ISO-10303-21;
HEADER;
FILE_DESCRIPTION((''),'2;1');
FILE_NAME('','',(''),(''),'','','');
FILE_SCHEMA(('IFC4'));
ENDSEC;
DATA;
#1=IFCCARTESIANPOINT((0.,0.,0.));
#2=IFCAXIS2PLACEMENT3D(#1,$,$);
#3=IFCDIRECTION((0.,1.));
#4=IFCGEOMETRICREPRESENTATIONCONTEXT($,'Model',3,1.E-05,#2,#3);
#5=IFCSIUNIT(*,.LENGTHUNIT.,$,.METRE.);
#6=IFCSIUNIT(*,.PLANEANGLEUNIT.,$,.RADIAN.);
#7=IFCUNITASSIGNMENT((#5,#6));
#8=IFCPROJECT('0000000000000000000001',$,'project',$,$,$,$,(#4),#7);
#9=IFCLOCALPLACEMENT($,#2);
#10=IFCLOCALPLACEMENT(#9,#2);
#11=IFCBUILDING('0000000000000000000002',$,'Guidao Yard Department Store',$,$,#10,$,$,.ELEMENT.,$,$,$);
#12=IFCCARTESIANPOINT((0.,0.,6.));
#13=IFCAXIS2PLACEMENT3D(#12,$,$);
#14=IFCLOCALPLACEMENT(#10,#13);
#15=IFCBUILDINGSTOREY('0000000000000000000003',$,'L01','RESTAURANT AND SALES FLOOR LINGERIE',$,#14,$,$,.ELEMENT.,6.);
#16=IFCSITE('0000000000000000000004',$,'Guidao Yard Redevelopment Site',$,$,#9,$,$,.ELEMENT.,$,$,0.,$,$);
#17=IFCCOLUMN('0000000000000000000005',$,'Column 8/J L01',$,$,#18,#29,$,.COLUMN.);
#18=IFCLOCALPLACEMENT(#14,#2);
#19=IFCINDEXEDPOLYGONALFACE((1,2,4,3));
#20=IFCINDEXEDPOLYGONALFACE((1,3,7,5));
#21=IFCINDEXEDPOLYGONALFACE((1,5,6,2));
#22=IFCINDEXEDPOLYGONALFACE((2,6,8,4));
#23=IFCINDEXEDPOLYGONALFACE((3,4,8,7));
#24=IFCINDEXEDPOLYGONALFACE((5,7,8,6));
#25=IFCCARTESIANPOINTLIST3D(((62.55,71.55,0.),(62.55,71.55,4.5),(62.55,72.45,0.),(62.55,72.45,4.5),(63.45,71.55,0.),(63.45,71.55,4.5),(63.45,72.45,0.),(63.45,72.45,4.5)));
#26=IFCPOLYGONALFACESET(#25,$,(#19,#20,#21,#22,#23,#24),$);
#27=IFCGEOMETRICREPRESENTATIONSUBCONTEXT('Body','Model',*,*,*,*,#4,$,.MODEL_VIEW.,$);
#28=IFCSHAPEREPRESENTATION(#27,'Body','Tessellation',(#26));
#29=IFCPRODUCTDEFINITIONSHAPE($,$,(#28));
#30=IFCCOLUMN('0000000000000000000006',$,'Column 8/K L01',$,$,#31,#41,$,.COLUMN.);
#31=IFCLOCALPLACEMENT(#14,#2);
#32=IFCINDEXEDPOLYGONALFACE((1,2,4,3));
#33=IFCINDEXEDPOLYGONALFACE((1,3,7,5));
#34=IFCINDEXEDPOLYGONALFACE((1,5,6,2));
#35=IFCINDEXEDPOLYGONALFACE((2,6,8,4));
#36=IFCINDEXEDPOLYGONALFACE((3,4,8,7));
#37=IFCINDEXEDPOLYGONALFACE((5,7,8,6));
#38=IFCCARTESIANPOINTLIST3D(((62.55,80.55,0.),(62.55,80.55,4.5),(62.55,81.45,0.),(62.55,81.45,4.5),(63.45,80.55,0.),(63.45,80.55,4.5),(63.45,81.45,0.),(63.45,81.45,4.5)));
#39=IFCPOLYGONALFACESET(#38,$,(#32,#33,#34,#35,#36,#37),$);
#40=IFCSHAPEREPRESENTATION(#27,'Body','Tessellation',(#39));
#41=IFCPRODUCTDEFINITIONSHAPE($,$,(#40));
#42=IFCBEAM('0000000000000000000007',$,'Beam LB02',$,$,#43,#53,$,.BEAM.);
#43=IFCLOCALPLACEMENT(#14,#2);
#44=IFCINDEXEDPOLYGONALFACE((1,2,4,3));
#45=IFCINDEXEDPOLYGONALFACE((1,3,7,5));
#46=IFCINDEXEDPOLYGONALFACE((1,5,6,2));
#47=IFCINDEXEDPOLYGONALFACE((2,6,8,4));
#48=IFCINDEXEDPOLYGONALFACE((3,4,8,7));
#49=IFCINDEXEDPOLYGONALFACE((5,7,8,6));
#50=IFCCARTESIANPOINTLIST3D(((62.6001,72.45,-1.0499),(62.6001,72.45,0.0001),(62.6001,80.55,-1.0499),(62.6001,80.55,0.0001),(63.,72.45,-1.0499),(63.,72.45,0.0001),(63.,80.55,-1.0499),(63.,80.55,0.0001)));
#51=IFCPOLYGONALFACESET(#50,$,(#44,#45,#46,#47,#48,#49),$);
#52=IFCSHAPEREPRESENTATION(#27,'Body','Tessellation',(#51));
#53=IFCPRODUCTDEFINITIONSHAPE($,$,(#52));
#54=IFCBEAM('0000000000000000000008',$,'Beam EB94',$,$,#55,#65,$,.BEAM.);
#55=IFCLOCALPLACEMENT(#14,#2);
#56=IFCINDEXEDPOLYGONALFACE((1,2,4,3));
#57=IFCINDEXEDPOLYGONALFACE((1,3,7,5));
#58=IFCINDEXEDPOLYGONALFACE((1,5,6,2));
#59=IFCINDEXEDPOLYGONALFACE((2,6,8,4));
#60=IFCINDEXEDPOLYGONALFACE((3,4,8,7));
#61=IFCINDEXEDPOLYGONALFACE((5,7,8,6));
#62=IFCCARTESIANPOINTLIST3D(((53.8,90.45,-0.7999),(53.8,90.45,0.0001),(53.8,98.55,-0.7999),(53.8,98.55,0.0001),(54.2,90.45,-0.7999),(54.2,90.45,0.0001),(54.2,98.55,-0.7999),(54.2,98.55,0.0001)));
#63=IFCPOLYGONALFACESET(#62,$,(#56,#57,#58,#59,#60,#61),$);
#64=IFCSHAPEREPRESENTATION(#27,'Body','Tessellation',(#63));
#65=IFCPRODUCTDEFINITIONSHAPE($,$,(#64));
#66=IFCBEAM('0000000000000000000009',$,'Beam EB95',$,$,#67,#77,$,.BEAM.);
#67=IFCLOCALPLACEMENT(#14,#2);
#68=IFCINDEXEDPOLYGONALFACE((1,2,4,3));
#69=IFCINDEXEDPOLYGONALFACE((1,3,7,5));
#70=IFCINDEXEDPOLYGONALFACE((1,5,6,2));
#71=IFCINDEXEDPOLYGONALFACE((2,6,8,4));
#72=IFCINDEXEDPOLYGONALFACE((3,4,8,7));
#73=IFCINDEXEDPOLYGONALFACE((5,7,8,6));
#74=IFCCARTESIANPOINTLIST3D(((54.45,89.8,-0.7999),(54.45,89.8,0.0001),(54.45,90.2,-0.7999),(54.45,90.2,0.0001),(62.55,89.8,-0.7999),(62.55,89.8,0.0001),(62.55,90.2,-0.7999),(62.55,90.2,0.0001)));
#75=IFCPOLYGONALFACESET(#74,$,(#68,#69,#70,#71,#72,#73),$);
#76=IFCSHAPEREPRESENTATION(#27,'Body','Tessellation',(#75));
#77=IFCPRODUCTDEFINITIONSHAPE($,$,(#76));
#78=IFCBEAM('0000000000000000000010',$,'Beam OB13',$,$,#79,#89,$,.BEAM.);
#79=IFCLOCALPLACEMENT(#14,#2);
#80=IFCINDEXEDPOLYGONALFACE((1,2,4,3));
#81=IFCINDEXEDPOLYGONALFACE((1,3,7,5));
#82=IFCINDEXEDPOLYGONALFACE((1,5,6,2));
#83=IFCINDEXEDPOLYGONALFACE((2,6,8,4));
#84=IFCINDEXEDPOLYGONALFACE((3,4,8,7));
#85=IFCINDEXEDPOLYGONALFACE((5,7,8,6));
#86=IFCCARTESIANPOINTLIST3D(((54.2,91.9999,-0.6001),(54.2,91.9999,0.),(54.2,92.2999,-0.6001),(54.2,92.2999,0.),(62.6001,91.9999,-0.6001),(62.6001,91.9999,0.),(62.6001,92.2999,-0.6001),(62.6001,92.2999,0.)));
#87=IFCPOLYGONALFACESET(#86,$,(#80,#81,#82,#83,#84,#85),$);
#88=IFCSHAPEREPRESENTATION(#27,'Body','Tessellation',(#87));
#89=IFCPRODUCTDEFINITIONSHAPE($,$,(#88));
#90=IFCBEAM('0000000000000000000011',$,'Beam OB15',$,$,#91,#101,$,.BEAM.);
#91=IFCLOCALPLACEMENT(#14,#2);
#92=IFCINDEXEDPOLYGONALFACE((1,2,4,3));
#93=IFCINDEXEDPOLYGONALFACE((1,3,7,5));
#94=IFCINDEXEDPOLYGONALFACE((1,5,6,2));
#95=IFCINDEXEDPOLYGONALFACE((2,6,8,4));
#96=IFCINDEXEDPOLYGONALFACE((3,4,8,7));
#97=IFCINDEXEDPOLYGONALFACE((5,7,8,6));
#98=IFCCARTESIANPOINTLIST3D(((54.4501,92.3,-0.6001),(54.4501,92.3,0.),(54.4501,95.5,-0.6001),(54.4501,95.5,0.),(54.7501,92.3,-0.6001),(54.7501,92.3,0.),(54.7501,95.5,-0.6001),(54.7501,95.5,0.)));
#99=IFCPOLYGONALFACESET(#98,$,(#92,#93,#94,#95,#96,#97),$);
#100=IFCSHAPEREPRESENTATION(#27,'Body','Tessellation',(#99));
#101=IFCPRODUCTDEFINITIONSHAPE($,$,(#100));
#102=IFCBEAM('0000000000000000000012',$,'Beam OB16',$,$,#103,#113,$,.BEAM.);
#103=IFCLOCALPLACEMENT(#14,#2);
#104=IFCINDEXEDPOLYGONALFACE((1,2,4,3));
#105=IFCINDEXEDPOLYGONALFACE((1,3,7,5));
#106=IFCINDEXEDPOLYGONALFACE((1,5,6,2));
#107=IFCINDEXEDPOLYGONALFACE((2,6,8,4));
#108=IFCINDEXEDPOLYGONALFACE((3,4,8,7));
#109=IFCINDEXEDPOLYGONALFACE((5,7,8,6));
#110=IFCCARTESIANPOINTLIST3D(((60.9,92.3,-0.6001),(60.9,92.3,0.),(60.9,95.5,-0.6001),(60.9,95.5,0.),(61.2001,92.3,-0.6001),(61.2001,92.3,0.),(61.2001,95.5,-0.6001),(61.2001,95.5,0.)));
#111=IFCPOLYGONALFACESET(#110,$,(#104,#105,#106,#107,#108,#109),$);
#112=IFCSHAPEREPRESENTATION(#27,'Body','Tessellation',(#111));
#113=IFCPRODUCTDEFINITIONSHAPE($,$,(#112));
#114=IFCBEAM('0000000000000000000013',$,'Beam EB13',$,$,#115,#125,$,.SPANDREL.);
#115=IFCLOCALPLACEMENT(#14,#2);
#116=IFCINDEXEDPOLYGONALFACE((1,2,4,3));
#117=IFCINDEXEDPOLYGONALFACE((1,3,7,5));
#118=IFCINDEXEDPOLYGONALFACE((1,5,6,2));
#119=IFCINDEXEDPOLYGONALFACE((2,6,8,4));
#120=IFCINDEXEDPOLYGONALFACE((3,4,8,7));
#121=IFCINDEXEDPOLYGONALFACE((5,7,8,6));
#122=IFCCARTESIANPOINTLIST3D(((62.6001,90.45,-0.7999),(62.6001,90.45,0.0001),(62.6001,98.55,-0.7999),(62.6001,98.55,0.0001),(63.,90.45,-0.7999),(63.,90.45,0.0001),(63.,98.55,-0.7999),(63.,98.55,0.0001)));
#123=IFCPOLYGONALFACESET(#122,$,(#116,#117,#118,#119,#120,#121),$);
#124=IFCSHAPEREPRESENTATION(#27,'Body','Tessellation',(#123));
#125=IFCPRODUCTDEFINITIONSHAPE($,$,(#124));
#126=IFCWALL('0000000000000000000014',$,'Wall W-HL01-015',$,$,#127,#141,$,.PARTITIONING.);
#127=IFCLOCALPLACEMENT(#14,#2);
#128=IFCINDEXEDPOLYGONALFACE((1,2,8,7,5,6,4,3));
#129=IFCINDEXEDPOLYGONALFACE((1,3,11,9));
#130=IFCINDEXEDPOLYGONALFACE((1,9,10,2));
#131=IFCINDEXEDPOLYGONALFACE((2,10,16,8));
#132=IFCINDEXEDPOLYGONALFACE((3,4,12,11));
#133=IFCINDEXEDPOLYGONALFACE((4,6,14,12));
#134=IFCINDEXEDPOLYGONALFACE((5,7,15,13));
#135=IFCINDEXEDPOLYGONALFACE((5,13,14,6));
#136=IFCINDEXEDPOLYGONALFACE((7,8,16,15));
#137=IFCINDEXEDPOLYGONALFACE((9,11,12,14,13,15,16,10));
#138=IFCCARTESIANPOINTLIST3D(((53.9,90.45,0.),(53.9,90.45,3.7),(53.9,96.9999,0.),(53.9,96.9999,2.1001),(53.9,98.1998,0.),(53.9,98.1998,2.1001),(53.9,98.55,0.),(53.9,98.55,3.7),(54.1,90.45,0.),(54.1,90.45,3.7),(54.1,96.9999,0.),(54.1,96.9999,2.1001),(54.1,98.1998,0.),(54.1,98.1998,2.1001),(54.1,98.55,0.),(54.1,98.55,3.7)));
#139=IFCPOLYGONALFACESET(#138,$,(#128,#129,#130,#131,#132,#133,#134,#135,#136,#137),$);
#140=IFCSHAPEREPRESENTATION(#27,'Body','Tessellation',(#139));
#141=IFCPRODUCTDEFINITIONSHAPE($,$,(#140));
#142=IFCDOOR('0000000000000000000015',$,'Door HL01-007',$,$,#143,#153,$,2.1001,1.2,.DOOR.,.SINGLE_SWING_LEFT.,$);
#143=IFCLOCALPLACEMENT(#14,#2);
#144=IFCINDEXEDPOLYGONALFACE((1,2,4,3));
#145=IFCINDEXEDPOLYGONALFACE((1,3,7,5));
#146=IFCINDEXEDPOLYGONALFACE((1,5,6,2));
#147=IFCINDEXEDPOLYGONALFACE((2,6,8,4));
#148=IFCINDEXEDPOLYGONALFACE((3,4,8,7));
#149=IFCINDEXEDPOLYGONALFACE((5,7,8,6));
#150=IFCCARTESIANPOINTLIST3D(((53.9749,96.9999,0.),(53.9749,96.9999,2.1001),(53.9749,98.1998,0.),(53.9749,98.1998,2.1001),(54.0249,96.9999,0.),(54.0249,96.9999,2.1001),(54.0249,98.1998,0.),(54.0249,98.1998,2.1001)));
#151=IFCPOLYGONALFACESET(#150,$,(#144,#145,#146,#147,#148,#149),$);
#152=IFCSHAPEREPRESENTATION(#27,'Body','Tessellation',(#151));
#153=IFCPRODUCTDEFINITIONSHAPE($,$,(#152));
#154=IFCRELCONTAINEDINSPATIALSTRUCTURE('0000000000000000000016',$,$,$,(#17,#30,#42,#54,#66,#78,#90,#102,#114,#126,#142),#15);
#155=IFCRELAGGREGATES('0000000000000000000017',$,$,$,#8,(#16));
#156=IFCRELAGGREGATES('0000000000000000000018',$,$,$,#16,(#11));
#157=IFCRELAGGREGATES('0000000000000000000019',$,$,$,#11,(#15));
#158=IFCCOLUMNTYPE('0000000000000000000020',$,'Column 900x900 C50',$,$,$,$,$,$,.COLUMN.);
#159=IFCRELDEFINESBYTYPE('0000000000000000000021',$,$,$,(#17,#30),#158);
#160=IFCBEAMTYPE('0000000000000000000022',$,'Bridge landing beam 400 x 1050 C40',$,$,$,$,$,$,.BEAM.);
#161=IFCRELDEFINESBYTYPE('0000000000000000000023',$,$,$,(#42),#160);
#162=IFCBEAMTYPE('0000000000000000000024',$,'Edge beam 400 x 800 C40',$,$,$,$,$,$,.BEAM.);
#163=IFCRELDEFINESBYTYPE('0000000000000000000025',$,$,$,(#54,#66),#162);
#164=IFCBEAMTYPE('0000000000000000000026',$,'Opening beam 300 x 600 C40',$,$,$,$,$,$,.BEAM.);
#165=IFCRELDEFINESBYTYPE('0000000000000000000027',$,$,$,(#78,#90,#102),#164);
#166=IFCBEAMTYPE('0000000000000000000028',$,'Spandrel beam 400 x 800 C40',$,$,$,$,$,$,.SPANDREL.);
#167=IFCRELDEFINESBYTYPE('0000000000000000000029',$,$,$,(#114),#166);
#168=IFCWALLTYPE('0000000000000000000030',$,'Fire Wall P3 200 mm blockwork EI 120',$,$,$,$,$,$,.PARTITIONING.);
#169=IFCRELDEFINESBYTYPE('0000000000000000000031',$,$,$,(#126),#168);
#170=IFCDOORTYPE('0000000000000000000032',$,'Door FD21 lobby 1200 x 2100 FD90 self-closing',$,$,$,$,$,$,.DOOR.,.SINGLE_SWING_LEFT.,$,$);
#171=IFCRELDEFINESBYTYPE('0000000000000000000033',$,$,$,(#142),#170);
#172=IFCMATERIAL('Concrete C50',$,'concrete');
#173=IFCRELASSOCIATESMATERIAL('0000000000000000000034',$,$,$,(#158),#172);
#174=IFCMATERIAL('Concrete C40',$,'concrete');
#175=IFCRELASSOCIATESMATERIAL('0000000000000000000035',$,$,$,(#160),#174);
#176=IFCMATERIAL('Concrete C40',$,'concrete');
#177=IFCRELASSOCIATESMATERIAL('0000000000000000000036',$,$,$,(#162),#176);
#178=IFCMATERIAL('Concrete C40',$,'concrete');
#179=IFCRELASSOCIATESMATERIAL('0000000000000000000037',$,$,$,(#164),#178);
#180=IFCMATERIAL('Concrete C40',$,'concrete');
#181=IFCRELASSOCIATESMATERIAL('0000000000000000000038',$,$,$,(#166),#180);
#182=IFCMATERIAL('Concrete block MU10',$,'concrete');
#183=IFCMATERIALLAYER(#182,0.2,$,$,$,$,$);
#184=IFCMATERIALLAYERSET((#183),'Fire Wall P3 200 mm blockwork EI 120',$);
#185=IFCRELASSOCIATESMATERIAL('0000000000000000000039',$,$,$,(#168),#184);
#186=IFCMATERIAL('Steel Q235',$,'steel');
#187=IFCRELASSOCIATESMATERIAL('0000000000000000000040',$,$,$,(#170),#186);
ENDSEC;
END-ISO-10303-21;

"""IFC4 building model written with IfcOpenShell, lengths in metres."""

from ifc_helpers import new_model, si_unit, direction, frame, frame_2d, origin, origin_2d, place, context, subcontext, project, spatial, rectangle, extrude, material, layer, layer_set, material_profile, profile_set, type_object, element, fill, save


model = new_model("IFC4")

# Units and contexts
model_context = context("Model", 3, precision=1e-05, world=origin(), true_north=direction((0.0, 1.0)))
body_context = subcontext(model_context, "Body", "Model", "MODEL_VIEW")
ifc_project = project(units=[si_unit("LENGTHUNIT", "METRE"), si_unit("PLANEANGLEUNIT", "RADIAN")], contexts=[model_context])

# Site, building, storey
site_placement = place(None, origin())
site = spatial("IfcSite", under=ifc_project, at=site_placement, Name="Guidao Yard Redevelopment Site", CompositionType="ELEMENT", RefElevation=0.0)
building_placement = place(site_placement, origin())
building = spatial("IfcBuilding", under=site, at=building_placement, Name="Guidao Yard Department Store", CompositionType="ELEMENT")
storey_placement = place(building_placement, frame((0.0, 0.0, 6.0)))
storey = spatial("IfcBuildingStorey", under=building, at=storey_placement, Name="L01", Description="RESTAURANT AND SALES FLOOR LINGERIE", CompositionType="ELEMENT", Elevation=6.0)

# Columns
ifc_material_1 = material(Name="Concrete C50", Category="concrete")
ifc_material_profile_1 = material_profile(ifc_material_1, rectangle(XDim=0.8999, YDim=0.8999, at=origin_2d()), Name="COL 900x900")
ifc_profile_set_1 = profile_set([ifc_material_profile_1], Name="Concrete C50")
column_type = type_object("IfcColumnType", Name="Column 900x900 C50", PredefinedType="COLUMN", material=ifc_profile_set_1)
for number, where, z_axis, x_axis, name in (
    (1, (63.0, 72.0, 0.0), (0.0, 0.0, 1.0), (1.0, 0.0, 0.0), "Column 8/J L01"),
    (2, (63.0, 81.0, 0.0), (0.0, 0.0, 1.0), (1.0, 0.0, 0.0), "Column 8/K L01"),
):
    element("IfcColumn", number, at=place(storey_placement, frame(where, z_axis=z_axis, x_axis=x_axis)), inside=storey, type_object=column_type, Name=name, PredefinedType="COLUMN", context=body_context, shape_type="SweptSolid", body=[
        extrude(rectangle(XDim=0.8999, YDim=0.8999, at=origin_2d()), origin(), (0.0, 0.0, 1.0), 4.5),
    ])

# Beams
ifc_material_2 = material(Name="Concrete C40", Category="concrete")
ifc_material_profile_2 = material_profile(ifc_material_2, rectangle(XDim=0.3999, YDim=1.05, at=origin_2d()), Name="Bridge landing beam 400 x 1050 C40")
ifc_profile_set_2 = profile_set([ifc_material_profile_2], Name="Concrete C40")
beam_type_1 = type_object("IfcBeamType", Name="Bridge landing beam 400 x 1050 C40", PredefinedType="BEAM", material=ifc_profile_set_2)
beam_1_placement = place(storey_placement, frame((62.8, 72.45, -0.5249), z_axis=(0.0, 1.0, 0.0), x_axis=(-1.0, 0.0, 0.0)))
element("IfcBeam", 3, at=beam_1_placement, inside=storey, type_object=beam_type_1, Name="Beam LB02", PredefinedType="BEAM", context=body_context, shape_type="SweptSolid", body=[
    extrude(rectangle(XDim=0.3999, YDim=1.05, at=origin_2d()), origin(), (0.0, 0.0, 1.0), 8.1001),
])
ifc_material_3 = material(Name="Concrete C40", Category="concrete")
ifc_material_profile_3 = material_profile(ifc_material_3, rectangle(XDim=0.3999, YDim=0.8, at=origin_2d()), Name="Edge beam 400 x 800 C40")
ifc_profile_set_3 = profile_set([ifc_material_profile_3], Name="Concrete C40")
beam_type_2 = type_object("IfcBeamType", Name="Edge beam 400 x 800 C40", PredefinedType="BEAM", material=ifc_profile_set_3)
for number, where, z_axis, x_axis, name in (
    (4, (54.0, 90.45, -0.3999), (0.0, 1.0, 0.0), (-1.0, 0.0, 0.0), "Beam EB94"),
    (5, (54.45, 90.0, -0.3999), (1.0, 0.0, 0.0), (0.0, 1.0, 0.0), "Beam EB95"),
):
    element("IfcBeam", number, at=place(storey_placement, frame(where, z_axis=z_axis, x_axis=x_axis)), inside=storey, type_object=beam_type_2, Name=name, PredefinedType="BEAM", context=body_context, shape_type="SweptSolid", body=[
        extrude(rectangle(XDim=0.3999, YDim=0.8, at=origin_2d()), origin(), (0.0, 0.0, 1.0), 8.1001),
    ])
ifc_material_4 = material(Name="Concrete C40", Category="concrete")
ifc_material_profile_4 = material_profile(ifc_material_4, rectangle(XDim=0.3, YDim=0.6001, at=origin_2d()), Name="Opening beam 300 x 600 C40")
ifc_profile_set_4 = profile_set([ifc_material_profile_4], Name="Concrete C40")
beam_type_3 = type_object("IfcBeamType", Name="Opening beam 300 x 600 C40", PredefinedType="BEAM", material=ifc_profile_set_4)
beam_2_placement = place(storey_placement, frame((54.2, 92.1499, -0.3), z_axis=(1.0, 0.0, 0.0), x_axis=(0.0, 1.0, 0.0)))
element("IfcBeam", 6, at=beam_2_placement, inside=storey, type_object=beam_type_3, Name="Beam OB13", PredefinedType="BEAM", context=body_context, shape_type="SweptSolid", body=[
    extrude(rectangle(XDim=0.3, YDim=0.6001, at=origin_2d()), origin(), (0.0, 0.0, 1.0), 8.4001),
])
for number, where, z_axis, x_axis, name in (
    (7, (54.6001, 92.3, -0.3), (0.0, 1.0, 0.0), (-1.0, 0.0, 0.0), "Beam OB15"),
    (8, (61.05, 92.3, -0.3), (0.0, 1.0, 0.0), (-1.0, 0.0, 0.0), "Beam OB16"),
):
    element("IfcBeam", number, at=place(storey_placement, frame(where, z_axis=z_axis, x_axis=x_axis)), inside=storey, type_object=beam_type_3, Name=name, PredefinedType="BEAM", context=body_context, shape_type="SweptSolid", body=[
        extrude(rectangle(XDim=0.3, YDim=0.6001, at=origin_2d()), origin(), (0.0, 0.0, 1.0), 3.2),
    ])
ifc_material_5 = material(Name="Concrete C40", Category="concrete")
ifc_material_profile_5 = material_profile(ifc_material_5, rectangle(XDim=0.3999, YDim=0.8, at=origin_2d()), Name="Spandrel beam 400 x 800 C40")
ifc_profile_set_5 = profile_set([ifc_material_profile_5], Name="Concrete C40")
beam_type_4 = type_object("IfcBeamType", Name="Spandrel beam 400 x 800 C40", PredefinedType="SPANDREL", material=ifc_profile_set_5)
beam_3_placement = place(storey_placement, frame((62.8, 90.45, -0.3999), z_axis=(0.0, 1.0, 0.0), x_axis=(-1.0, 0.0, 0.0)))
element("IfcBeam", 9, at=beam_3_placement, inside=storey, type_object=beam_type_4, Name="Beam EB13", PredefinedType="SPANDREL", context=body_context, shape_type="SweptSolid", body=[
    extrude(rectangle(XDim=0.3999, YDim=0.8, at=origin_2d()), origin(), (0.0, 0.0, 1.0), 8.1001),
])

# Wall, opening, door
ifc_material_6 = material(Name="Concrete block MU10", Category="concrete")
ifc_layer_1 = layer(ifc_material_6, 0.2)
ifc_layer_set_1 = layer_set([ifc_layer_1], Name="Fire Wall P3 200 mm blockwork EI 120")
wall_type_1 = type_object("IfcWallType", Name="Fire Wall P3 200 mm blockwork EI 120", PredefinedType="PARTITIONING", material=ifc_layer_set_1)
wall_1_placement = place(storey_placement, frame((54.0, 90.45, 0.0), z_axis=(0.0, 0.0, 1.0), x_axis=(0.0, 1.0, 0.0)))
wall_1 = element("IfcWall", 10, at=wall_1_placement, inside=storey, type_object=wall_type_1, Name="Wall W-HL01-015", PredefinedType="PARTITIONING", context=body_context, shape_type="SweptSolid", body=[
    extrude(rectangle(XDim=8.1001, YDim=0.2, at=frame_2d((4.05, 0.0))), origin(), (0.0, 0.0, 1.0), 3.7),
])
opening_1_placement = place(wall_1_placement, frame((7.75, 0.0, 0.0), z_axis=(0.0, 0.0, 1.0), x_axis=(-1.0, 0.0, 0.0)))
opening_1 = element("IfcOpeningElement", 11, at=opening_1_placement, cuts=wall_1, PredefinedType="OPENING", context=body_context, shape_type="SweptSolid", body=[
    extrude(rectangle(XDim=1.2, YDim=2.1001, at=frame_2d((0.6001, 1.05))), frame((0.0, 0.1099, 0.0), z_axis=(0.0, -1.0, 0.0), x_axis=(1.0, 0.0, 0.0)), (0.0, 0.0, 1.0), 0.22),
])
ifc_material_7 = material(Name="Steel Q235", Category="steel")
door_type_1 = type_object("IfcDoorType", Name="Door FD21 lobby 1200 x 2100 FD90 self-closing", OperationType="SINGLE_SWING_LEFT", PredefinedType="DOOR", material=ifc_material_7)
door_1_placement = place(opening_1_placement, origin())
door_1 = element("IfcDoor", 12, at=door_1_placement, inside=storey, type_object=door_type_1, Name="Door HL01-007", OperationType="SINGLE_SWING_LEFT", OverallHeight=2.1001, OverallWidth=1.2, PredefinedType="DOOR", context=body_context, shape_type="SweptSolid", body=[
    extrude(rectangle(XDim=1.2, YDim=2.1001, at=frame_2d((0.6001, 1.05))), frame((0.0, 0.0249, 0.0), z_axis=(0.0, -1.0, 0.0), x_axis=(1.0, 0.0, 0.0)), (0.0, 0.0, 1.0), 0.05),
])
fill(opening_1, door_1)

save(model, "model.ifc")
